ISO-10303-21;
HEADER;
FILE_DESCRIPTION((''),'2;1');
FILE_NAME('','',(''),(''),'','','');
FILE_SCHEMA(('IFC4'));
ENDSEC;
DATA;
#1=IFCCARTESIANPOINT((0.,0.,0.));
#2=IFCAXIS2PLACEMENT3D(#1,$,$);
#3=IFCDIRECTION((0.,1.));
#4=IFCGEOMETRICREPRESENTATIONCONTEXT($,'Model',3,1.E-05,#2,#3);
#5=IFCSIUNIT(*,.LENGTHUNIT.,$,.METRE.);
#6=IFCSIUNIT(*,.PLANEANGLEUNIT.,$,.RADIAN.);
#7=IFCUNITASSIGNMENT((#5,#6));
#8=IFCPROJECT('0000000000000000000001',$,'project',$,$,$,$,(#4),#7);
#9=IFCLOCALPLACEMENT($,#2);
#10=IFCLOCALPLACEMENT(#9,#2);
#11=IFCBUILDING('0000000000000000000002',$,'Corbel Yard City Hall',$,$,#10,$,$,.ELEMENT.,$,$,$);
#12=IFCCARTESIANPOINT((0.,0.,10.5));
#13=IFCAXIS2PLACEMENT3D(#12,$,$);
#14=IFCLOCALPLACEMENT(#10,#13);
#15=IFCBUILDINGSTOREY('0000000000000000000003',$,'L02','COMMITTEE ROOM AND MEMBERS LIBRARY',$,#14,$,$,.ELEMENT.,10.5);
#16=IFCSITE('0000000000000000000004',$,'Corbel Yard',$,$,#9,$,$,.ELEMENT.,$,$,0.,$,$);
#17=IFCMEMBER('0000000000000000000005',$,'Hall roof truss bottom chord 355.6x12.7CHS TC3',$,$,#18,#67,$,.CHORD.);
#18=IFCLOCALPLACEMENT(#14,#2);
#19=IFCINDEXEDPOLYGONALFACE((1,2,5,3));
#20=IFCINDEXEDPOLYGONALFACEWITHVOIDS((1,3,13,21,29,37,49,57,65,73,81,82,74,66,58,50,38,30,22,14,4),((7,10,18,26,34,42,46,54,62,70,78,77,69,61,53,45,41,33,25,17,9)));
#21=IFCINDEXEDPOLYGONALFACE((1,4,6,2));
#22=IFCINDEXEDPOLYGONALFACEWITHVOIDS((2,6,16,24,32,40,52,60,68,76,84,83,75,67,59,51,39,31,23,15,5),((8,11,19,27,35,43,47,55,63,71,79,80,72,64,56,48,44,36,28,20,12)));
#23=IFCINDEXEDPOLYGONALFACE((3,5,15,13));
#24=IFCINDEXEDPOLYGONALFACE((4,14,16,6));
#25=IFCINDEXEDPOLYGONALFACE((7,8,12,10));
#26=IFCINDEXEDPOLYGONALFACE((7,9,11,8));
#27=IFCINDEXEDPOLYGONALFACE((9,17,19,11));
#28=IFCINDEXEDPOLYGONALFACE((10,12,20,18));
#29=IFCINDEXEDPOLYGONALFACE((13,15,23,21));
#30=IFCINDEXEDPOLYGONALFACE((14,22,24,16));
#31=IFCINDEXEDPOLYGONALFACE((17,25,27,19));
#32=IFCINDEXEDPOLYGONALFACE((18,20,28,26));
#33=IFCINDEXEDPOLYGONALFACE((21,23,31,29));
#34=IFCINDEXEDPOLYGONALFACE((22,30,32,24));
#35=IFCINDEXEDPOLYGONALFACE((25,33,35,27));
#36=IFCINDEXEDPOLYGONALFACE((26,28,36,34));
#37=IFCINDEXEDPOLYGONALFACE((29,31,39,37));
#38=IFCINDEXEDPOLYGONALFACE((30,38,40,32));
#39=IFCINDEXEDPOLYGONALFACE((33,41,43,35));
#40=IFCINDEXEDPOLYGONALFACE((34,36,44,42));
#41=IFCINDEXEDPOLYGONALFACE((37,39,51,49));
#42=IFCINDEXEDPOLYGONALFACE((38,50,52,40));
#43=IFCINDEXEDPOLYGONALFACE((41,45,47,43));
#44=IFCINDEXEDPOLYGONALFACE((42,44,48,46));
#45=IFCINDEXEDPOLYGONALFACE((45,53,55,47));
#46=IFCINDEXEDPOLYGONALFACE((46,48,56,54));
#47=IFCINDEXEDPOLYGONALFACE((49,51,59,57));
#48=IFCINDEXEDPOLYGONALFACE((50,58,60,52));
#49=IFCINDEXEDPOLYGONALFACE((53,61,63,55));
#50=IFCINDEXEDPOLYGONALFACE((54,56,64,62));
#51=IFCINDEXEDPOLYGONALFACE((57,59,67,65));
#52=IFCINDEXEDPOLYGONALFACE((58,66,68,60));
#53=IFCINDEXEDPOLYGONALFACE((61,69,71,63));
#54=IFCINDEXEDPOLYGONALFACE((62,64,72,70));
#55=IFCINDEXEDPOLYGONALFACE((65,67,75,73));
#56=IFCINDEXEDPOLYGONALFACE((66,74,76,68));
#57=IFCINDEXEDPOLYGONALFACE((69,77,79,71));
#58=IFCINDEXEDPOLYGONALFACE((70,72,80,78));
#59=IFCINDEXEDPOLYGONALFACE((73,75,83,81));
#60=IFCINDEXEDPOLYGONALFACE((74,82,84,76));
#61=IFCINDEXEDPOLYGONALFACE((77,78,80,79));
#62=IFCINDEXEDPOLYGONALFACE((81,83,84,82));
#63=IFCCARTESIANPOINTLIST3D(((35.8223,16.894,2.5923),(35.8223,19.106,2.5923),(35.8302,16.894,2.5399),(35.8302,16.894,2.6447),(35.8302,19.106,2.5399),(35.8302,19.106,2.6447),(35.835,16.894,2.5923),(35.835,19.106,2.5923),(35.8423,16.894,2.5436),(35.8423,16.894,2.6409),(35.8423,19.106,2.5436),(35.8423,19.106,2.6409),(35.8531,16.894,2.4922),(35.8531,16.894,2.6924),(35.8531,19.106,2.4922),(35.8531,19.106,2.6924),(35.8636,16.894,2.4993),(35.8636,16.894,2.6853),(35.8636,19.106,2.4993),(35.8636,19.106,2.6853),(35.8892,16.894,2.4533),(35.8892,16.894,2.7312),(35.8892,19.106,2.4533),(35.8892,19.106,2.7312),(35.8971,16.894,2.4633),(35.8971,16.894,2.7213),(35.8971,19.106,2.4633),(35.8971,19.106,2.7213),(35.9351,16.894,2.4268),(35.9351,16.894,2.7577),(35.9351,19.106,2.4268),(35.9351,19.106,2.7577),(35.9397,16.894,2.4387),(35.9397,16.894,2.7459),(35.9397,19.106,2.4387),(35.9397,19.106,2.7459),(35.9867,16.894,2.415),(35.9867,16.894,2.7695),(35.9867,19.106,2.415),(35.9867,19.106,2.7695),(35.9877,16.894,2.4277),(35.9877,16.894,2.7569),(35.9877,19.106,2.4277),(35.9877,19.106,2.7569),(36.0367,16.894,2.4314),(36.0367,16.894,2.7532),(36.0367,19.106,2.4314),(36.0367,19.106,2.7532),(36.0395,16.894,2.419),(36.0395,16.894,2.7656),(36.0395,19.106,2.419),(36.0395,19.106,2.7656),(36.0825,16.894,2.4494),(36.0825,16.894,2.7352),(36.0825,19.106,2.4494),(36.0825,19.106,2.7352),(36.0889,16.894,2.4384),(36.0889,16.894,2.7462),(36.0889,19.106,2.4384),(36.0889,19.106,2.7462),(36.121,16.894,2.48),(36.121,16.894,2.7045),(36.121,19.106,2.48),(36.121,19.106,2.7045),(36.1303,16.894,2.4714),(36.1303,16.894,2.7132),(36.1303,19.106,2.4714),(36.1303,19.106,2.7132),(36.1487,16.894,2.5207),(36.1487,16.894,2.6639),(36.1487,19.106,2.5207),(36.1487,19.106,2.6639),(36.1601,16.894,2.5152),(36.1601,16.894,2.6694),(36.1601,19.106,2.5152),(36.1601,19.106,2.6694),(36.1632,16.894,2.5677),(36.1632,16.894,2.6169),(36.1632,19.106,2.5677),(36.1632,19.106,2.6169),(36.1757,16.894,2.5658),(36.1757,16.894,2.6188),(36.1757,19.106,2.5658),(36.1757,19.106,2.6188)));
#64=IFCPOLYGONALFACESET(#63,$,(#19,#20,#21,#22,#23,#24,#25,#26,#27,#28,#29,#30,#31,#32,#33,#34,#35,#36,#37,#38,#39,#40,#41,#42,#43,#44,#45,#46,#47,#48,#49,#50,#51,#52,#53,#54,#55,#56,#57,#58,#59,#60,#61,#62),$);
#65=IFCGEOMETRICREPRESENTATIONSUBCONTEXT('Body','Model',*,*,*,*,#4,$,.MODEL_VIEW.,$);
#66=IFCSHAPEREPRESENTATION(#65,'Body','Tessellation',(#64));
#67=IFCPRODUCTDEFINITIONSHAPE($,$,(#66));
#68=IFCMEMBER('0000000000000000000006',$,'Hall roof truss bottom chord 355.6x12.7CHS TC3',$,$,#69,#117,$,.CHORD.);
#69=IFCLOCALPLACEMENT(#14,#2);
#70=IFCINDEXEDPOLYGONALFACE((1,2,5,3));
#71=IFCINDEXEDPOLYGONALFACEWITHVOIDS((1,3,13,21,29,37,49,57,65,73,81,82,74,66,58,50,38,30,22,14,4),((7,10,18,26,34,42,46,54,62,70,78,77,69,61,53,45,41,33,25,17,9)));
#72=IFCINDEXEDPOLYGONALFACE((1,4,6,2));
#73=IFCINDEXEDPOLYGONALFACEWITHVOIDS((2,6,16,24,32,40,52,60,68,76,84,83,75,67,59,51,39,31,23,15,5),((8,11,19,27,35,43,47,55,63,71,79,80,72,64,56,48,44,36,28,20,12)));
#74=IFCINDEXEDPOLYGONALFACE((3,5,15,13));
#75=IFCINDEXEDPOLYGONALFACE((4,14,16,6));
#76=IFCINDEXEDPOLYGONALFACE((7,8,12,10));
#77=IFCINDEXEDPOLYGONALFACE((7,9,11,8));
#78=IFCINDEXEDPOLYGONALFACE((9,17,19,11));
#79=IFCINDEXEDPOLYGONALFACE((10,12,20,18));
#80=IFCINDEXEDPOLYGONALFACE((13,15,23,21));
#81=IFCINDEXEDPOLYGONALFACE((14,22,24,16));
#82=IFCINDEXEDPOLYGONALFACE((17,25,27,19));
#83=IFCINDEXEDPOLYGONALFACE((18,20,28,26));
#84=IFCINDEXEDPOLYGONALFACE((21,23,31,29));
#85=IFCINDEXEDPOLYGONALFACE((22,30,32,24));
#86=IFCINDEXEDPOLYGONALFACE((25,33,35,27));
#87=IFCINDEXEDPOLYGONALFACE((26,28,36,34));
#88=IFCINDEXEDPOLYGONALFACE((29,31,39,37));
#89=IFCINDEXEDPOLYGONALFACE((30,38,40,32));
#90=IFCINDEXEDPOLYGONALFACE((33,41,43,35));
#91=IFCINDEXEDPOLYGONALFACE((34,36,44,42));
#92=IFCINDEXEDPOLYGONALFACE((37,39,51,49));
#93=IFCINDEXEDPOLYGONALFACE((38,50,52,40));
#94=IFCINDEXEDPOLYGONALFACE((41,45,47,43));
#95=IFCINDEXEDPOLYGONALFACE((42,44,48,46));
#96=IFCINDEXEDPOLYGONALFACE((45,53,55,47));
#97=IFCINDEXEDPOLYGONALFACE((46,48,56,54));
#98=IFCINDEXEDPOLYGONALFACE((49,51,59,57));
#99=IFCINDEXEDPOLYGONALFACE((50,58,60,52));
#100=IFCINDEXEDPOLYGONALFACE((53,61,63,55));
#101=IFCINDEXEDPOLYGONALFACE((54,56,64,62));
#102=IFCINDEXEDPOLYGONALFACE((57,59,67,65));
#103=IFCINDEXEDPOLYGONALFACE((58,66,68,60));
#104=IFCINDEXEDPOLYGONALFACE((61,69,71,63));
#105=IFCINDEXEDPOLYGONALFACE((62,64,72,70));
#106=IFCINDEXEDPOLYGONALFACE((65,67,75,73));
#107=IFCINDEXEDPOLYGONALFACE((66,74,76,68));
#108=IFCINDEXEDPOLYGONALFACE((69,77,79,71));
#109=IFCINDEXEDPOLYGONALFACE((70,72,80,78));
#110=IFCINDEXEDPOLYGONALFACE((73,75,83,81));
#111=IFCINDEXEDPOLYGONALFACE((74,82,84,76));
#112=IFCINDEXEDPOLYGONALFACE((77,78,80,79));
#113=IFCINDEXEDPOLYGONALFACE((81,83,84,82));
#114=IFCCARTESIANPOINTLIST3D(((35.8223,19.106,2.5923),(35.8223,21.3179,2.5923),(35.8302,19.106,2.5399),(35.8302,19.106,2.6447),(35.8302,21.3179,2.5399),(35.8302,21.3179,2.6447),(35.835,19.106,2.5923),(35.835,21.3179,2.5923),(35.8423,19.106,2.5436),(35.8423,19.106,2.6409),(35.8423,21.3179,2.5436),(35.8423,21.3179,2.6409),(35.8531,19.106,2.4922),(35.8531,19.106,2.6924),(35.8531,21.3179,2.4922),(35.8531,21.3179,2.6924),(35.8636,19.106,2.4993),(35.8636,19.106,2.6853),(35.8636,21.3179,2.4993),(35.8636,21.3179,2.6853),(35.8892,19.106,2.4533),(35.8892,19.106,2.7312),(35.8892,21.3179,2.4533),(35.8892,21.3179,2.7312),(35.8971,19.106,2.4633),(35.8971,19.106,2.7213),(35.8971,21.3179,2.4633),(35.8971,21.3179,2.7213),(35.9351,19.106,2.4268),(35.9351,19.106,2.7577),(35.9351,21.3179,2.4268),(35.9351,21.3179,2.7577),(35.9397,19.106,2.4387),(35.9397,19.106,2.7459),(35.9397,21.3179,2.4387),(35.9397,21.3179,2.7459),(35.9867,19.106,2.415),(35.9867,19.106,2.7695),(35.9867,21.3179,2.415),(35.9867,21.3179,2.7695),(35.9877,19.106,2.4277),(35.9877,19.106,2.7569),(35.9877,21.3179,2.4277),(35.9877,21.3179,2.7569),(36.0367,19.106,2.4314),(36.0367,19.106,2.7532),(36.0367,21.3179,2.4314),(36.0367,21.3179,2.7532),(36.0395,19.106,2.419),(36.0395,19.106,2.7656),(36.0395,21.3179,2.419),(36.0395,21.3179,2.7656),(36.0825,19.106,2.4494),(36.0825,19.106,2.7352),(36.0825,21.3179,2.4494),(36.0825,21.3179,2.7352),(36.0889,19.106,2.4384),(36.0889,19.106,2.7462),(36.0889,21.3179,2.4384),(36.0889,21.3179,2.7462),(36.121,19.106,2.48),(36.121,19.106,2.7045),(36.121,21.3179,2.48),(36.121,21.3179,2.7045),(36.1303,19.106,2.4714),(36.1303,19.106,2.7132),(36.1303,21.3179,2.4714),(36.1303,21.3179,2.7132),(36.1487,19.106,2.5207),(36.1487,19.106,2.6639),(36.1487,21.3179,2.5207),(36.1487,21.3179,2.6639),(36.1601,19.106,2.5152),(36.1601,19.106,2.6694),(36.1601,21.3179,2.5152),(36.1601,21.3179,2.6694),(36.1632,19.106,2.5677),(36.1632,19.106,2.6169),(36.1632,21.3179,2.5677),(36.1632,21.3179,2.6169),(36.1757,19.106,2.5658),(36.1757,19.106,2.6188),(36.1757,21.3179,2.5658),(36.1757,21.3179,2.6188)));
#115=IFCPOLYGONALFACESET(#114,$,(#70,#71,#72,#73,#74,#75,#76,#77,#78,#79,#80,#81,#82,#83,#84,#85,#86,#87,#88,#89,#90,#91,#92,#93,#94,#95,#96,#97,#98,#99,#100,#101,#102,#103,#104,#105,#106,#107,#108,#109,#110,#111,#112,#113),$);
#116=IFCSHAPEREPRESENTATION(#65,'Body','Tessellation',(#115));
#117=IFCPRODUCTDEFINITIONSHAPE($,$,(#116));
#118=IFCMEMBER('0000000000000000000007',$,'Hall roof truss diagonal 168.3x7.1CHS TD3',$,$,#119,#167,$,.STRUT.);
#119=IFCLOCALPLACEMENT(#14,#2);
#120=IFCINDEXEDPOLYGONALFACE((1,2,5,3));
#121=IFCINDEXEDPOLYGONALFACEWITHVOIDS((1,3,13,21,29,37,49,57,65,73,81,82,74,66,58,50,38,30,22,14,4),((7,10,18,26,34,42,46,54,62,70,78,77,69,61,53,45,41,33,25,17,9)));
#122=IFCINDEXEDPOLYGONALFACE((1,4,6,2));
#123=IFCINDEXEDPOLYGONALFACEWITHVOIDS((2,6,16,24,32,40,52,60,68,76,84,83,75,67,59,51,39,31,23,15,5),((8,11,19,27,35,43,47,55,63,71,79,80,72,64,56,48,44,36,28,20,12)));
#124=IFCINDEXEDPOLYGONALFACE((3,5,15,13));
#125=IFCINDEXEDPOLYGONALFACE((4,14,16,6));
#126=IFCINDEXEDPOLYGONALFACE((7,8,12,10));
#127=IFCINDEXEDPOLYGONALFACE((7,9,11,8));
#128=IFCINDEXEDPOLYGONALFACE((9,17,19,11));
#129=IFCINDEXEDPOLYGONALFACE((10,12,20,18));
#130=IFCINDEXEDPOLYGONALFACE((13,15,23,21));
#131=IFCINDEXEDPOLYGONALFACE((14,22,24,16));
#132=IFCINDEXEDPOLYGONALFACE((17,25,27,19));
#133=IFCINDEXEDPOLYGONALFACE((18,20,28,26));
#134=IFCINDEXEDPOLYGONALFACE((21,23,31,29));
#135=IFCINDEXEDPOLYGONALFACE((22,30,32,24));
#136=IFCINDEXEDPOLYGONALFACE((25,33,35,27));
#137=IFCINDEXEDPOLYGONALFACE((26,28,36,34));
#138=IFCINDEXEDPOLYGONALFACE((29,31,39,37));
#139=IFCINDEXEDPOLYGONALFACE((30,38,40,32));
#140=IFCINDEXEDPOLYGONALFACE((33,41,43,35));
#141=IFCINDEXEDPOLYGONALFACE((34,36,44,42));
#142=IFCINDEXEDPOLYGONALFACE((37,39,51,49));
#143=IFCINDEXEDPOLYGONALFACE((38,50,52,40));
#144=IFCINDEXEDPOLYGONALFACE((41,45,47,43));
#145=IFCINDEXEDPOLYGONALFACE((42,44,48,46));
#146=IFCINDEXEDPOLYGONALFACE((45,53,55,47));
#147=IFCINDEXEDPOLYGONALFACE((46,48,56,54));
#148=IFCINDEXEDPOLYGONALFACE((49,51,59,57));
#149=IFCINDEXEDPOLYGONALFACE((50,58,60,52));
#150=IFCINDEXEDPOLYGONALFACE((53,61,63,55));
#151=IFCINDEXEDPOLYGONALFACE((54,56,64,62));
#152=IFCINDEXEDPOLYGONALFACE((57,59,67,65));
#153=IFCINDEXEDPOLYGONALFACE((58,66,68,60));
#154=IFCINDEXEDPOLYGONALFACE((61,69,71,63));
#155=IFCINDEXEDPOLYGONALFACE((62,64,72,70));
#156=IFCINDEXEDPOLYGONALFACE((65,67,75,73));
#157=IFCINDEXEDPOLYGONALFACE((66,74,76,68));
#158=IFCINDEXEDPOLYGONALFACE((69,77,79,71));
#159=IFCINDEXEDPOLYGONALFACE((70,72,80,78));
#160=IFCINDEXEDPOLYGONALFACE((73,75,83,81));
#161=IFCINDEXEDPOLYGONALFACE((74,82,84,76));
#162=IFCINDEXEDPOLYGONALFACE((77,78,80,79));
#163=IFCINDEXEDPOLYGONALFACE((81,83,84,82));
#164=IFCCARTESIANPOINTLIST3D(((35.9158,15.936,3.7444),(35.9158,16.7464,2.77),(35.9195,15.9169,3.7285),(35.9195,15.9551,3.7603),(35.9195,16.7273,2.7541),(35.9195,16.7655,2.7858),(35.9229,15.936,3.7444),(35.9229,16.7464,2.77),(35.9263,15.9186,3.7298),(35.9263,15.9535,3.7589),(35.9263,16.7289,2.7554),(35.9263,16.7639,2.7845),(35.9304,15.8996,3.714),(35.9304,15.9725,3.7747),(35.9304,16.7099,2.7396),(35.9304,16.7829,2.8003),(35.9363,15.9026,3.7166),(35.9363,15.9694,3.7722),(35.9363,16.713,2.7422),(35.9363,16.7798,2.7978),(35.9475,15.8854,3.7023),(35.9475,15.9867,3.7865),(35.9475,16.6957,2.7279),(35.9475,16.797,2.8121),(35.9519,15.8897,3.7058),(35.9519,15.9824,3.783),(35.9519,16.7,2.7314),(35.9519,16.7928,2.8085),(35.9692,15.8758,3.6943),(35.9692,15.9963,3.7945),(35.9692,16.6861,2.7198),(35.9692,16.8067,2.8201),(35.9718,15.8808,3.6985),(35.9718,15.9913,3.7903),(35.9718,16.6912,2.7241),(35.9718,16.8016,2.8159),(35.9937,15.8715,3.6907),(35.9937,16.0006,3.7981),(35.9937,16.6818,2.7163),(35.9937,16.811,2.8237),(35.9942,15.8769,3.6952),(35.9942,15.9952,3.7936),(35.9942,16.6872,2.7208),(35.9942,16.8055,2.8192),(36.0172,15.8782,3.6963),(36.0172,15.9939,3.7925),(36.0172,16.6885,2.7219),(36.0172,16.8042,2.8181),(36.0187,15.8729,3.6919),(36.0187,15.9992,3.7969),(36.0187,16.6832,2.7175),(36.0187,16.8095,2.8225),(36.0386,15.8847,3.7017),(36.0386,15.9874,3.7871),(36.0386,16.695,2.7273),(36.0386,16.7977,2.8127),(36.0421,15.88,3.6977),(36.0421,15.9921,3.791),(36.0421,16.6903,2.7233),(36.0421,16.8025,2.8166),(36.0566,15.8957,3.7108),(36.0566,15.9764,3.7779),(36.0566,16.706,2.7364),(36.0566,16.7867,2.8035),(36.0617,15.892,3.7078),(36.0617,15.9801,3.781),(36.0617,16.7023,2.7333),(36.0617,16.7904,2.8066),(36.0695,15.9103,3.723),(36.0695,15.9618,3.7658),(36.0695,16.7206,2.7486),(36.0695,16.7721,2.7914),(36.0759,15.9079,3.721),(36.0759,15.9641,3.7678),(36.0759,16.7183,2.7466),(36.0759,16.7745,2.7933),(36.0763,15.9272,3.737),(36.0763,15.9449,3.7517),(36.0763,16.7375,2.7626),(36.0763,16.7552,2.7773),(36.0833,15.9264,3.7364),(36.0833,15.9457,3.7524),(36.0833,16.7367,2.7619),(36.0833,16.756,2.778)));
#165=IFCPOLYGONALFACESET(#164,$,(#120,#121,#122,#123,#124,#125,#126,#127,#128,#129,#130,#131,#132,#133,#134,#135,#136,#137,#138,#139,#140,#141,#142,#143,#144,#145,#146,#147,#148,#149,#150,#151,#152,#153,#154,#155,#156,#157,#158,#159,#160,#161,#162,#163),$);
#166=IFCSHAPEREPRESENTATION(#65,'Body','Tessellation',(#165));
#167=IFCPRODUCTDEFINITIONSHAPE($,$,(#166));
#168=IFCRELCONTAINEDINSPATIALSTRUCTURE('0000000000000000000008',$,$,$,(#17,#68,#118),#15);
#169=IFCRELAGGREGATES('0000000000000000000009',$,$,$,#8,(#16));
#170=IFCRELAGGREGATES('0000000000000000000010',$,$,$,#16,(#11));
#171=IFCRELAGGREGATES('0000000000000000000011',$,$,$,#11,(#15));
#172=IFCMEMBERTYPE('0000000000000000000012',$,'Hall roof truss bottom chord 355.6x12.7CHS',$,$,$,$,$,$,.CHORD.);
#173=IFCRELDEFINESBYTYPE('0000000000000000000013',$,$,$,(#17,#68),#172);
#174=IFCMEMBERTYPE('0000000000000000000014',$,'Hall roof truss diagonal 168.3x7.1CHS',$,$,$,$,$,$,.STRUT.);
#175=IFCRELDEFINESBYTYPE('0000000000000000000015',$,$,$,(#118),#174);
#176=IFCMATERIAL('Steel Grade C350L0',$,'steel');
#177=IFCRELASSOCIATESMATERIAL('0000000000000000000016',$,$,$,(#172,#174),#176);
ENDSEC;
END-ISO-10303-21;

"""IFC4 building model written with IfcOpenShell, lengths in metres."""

from ifc_helpers import new_model, si_unit, direction, frame, origin, origin_2d, place, context, subcontext, project, spatial, hollow_circle, extrude, material, material_profile, profile_set, type_object, element, save


model = new_model("IFC4")

# Units and contexts
model_context = context("Model", 3, precision=1e-05, world=origin(), true_north=direction((0.0, 1.0)))
body_context = subcontext(model_context, "Body", "Model", "MODEL_VIEW")
ifc_project = project(units=[si_unit("LENGTHUNIT", "METRE"), si_unit("PLANEANGLEUNIT", "RADIAN")], contexts=[model_context])

# Site, building, storey
site_placement = place(None, origin())
site = spatial("IfcSite", under=ifc_project, at=site_placement, Name="Corbel Yard", CompositionType="ELEMENT", RefElevation=0.0)
building_placement = place(site_placement, origin())
building = spatial("IfcBuilding", under=site, at=building_placement, Name="Corbel Yard City Hall", CompositionType="ELEMENT")
storey_placement = place(building_placement, frame((0.0, 0.0, 10.5)))
storey = spatial("IfcBuildingStorey", under=building, at=storey_placement, Name="L02", Description="COMMITTEE ROOM AND MEMBERS LIBRARY", CompositionType="ELEMENT", Elevation=10.5)

# Members
ifc_material_1 = material(Name="Steel Grade C350L0", Category="steel")
ifc_material_profile_1 = material_profile(ifc_material_1, hollow_circle(Radius=0.1777, WallThickness=0.0127, at=origin_2d()), Name="355.6x12.7CHS")
ifc_profile_set_1 = profile_set([ifc_material_profile_1], Name="Steel Grade C350L0")
member_type_1 = type_object("IfcMemberType", Name="Hall roof truss bottom chord 355.6x12.7CHS", PredefinedType="CHORD", material=ifc_profile_set_1)
for number, where, z_axis, x_axis, name in (
    (1, (36.0, 16.894, 2.5923), (0.0, 1.0, 0.0), (-1.0, 0.0, 0.0), "Hall roof truss bottom chord 355.6x12.7CHS TC3"),
    (2, (36.0, 19.106, 2.5923), (0.0, 1.0, 0.0), (-1.0, 0.0, 0.0), "Hall roof truss bottom chord 355.6x12.7CHS TC3"),
):
    element("IfcMember", number, at=place(storey_placement, frame(where, z_axis=z_axis, x_axis=x_axis)), inside=storey, type_object=member_type_1, Name=name, PredefinedType="CHORD", context=body_context, shape_type="SweptSolid", body=[
        extrude(hollow_circle(Radius=0.1777, WallThickness=0.0127, at=origin_2d()), origin(), (0.0, 0.0, 1.0), 2.2119),
    ])
ifc_material_profile_2 = material_profile(ifc_material_1, hollow_circle(Radius=0.0842, WallThickness=0.0071, at=origin_2d()), Name="168.3x7.1CHS")
ifc_profile_set_2 = profile_set([ifc_material_profile_2], Name="Steel Grade C350L0")
member_type_2 = type_object("IfcMemberType", Name="Hall roof truss diagonal 168.3x7.1CHS", PredefinedType="STRUT", material=ifc_profile_set_2)
member_1_placement = place(storey_placement, frame((36.0, 15.936, 3.7444), z_axis=(0.0, 0.639407, -0.768868), x_axis=(-1.0, 0.0, 0.0)))
element("IfcMember", 3, at=member_1_placement, inside=storey, type_object=member_type_2, Name="Hall roof truss diagonal 168.3x7.1CHS TD3", PredefinedType="STRUT", context=body_context, shape_type="SweptSolid", body=[
    extrude(hollow_circle(Radius=0.0842, WallThickness=0.0071, at=origin_2d()), origin(), (0.0, 0.0, 1.0), 1.2673),
])

save(model, "model.ifc")
